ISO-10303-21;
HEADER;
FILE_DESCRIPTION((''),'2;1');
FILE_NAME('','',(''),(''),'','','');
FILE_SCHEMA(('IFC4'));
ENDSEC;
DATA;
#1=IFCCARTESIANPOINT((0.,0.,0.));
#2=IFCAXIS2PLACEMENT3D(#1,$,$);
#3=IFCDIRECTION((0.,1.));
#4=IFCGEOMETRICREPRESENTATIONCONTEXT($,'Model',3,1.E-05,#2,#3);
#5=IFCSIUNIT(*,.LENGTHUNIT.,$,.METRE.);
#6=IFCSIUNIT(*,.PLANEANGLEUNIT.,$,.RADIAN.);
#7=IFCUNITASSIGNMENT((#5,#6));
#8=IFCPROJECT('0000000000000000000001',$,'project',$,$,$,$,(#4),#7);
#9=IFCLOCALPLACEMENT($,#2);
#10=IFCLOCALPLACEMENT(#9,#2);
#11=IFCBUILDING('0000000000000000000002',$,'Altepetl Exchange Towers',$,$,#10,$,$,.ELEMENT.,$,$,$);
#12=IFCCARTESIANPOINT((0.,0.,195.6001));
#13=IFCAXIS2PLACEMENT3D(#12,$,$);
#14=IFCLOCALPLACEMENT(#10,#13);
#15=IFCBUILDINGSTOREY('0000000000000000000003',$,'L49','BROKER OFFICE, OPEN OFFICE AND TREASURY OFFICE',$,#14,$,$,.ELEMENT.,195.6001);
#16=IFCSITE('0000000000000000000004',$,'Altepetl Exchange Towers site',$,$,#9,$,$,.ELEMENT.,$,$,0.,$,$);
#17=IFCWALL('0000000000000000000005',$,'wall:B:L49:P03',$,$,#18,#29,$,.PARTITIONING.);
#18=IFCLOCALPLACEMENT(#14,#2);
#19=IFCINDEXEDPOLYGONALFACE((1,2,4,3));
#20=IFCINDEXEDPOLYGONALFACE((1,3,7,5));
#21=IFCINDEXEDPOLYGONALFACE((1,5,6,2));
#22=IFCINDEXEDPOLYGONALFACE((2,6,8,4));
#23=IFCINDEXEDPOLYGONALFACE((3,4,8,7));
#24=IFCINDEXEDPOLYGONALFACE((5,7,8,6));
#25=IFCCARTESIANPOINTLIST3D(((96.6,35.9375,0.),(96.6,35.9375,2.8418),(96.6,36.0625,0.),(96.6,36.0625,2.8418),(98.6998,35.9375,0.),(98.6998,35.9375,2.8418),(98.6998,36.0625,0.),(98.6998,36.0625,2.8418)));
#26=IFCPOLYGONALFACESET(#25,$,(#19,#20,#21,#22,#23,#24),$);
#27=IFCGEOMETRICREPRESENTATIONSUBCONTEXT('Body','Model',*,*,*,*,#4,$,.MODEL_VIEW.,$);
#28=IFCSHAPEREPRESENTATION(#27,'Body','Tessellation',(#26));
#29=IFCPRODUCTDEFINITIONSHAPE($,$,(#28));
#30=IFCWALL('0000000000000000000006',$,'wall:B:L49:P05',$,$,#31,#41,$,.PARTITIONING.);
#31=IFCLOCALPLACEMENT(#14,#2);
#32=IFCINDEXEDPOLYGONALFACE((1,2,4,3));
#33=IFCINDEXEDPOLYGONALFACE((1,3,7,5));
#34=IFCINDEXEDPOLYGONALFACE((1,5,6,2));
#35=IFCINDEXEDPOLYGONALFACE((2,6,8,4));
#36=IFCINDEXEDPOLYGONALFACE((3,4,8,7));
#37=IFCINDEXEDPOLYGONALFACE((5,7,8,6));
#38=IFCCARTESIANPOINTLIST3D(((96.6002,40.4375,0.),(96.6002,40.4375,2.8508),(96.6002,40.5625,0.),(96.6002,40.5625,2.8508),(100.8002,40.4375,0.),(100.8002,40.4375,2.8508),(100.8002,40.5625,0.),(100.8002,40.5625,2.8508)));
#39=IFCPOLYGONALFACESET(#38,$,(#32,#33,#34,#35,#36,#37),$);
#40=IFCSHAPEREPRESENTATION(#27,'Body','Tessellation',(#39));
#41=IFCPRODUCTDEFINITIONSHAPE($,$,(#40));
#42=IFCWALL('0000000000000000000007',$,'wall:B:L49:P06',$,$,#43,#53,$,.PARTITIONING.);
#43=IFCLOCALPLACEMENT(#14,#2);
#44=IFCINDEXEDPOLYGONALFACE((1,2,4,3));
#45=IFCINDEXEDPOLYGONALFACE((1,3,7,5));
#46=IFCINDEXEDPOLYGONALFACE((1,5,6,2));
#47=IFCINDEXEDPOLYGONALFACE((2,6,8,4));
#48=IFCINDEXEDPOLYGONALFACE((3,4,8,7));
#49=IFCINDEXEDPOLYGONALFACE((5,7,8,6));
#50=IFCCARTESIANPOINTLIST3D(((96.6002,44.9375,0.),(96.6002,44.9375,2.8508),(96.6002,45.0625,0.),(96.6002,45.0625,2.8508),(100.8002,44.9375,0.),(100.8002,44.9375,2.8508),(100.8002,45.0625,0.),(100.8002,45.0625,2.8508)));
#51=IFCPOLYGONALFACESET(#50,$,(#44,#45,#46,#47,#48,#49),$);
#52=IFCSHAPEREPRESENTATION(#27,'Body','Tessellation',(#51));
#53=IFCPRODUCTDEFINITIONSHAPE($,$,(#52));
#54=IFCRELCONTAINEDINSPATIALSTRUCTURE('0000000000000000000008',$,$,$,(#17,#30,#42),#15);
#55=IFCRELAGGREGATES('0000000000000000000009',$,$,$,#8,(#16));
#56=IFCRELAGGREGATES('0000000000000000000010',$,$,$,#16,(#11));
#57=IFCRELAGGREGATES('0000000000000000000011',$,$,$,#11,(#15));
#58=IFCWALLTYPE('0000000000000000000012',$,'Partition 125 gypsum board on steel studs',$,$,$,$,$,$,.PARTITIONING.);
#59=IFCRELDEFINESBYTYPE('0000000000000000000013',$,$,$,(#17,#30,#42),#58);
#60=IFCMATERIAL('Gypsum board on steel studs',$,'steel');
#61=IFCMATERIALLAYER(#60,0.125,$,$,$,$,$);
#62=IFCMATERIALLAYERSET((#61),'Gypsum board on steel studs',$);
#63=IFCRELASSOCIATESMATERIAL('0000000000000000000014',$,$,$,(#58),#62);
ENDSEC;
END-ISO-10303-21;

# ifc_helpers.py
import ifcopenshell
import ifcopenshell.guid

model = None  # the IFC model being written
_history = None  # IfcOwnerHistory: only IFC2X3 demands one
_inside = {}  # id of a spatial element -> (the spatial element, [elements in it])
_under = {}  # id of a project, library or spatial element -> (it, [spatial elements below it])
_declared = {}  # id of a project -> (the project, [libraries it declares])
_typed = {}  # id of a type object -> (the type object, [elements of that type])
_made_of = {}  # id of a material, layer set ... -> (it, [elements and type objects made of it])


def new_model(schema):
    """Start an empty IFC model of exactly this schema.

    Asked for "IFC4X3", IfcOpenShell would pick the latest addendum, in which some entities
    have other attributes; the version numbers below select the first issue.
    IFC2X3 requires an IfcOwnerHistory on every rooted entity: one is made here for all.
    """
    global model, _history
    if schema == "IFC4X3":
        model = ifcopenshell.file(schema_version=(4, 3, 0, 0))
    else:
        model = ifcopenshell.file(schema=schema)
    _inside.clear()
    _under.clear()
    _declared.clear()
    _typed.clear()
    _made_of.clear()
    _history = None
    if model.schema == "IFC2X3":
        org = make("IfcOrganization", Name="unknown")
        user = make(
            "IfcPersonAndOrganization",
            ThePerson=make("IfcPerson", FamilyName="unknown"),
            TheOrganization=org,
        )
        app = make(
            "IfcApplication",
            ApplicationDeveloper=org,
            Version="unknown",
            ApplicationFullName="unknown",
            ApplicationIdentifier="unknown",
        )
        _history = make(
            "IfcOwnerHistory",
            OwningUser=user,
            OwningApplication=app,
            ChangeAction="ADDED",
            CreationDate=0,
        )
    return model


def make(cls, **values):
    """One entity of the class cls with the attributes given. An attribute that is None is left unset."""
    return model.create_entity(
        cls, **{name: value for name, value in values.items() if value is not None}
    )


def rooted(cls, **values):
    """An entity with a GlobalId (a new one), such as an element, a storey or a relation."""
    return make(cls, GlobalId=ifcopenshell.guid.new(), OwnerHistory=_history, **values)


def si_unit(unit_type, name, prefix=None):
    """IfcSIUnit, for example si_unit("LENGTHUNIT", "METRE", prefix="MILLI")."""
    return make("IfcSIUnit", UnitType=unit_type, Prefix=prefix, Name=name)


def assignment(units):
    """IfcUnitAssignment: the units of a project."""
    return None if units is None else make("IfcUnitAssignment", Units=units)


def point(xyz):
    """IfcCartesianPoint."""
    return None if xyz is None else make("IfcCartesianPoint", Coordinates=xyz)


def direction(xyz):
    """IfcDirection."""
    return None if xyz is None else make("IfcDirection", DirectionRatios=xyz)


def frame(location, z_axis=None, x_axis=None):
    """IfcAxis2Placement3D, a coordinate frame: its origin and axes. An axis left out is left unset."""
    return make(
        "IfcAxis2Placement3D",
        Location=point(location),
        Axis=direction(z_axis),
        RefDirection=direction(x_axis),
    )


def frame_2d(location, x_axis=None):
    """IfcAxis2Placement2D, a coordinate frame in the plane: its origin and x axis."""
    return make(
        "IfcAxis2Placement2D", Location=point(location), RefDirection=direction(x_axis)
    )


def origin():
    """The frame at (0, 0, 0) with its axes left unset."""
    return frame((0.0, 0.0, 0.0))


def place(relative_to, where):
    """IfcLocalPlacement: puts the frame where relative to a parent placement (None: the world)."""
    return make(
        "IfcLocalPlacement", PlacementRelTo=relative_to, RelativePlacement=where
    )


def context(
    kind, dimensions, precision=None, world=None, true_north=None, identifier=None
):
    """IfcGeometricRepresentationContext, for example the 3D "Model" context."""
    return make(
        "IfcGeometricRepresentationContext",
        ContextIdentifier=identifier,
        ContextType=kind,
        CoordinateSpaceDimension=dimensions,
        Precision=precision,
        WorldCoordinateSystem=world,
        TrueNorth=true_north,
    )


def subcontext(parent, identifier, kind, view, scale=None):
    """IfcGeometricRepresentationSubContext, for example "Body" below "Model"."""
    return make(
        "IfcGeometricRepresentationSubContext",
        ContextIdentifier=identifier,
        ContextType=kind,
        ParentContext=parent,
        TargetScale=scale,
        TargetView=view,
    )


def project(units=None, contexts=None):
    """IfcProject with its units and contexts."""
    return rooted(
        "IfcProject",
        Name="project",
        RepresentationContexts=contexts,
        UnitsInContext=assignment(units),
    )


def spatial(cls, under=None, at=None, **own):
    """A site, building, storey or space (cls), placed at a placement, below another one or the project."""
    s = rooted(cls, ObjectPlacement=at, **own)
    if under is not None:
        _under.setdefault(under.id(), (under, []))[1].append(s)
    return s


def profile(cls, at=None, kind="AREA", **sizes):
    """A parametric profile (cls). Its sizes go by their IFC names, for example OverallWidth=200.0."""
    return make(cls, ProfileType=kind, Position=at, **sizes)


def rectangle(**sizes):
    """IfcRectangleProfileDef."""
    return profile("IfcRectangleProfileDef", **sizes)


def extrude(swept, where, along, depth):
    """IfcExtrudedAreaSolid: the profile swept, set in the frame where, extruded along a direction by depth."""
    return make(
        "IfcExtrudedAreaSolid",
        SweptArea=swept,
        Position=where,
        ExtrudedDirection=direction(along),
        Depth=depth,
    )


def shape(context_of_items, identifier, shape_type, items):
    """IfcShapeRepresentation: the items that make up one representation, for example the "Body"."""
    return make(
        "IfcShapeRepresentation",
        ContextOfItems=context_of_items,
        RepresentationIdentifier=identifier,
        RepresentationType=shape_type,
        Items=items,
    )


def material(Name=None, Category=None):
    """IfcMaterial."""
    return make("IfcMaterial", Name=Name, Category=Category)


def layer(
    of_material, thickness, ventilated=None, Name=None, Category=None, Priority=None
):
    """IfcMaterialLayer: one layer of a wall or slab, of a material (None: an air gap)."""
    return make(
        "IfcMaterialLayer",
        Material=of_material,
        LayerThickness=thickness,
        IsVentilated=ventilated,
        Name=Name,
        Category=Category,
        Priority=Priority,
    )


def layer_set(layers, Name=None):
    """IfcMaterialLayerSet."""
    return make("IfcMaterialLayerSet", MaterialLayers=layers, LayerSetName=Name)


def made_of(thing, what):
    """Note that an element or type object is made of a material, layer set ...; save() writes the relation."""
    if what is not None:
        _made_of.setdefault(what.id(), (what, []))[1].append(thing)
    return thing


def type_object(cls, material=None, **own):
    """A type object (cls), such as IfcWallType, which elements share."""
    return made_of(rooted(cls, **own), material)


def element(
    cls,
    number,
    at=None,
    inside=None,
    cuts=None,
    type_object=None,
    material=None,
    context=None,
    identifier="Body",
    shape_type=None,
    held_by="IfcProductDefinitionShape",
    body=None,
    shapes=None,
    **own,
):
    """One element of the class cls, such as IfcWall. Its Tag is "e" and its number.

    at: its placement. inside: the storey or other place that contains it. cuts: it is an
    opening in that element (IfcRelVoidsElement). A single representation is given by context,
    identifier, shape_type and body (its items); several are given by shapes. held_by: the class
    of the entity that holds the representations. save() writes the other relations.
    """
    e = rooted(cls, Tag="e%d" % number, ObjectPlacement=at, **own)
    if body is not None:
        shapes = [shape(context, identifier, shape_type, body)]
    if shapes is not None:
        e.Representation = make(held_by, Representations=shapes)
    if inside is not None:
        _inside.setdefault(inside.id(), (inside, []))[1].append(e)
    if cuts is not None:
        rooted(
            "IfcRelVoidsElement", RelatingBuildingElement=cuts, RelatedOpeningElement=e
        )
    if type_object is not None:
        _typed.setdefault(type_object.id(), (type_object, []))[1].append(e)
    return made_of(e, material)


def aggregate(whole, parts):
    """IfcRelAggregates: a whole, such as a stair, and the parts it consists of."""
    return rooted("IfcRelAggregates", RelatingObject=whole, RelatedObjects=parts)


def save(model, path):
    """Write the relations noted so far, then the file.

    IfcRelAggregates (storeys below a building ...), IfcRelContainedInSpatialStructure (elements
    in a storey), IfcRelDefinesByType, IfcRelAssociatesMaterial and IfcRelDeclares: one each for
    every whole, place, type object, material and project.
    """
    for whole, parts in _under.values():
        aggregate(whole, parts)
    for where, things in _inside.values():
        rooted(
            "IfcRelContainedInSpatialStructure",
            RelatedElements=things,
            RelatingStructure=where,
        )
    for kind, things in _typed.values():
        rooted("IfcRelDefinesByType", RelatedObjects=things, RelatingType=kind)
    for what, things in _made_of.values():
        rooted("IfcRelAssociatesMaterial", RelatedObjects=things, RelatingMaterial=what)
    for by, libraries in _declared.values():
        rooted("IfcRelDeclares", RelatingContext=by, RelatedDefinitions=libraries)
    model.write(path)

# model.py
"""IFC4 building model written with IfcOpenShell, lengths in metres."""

from ifc_helpers import new_model, si_unit, direction, frame, frame_2d, origin, place, context, subcontext, project, spatial, rectangle, extrude, material, layer, layer_set, type_object, element, save


model = new_model("IFC4")

# Units and contexts
model_context = context("Model", 3, precision=1e-05, world=origin(), true_north=direction((0.0, 1.0)))
body_context = subcontext(model_context, "Body", "Model", "MODEL_VIEW")
ifc_project = project(units=[si_unit("LENGTHUNIT", "METRE"), si_unit("PLANEANGLEUNIT", "RADIAN")], contexts=[model_context])

# Site, building, storey
site_placement = place(None, origin())
site = spatial("IfcSite", under=ifc_project, at=site_placement, Name="Altepetl Exchange Towers site", CompositionType="ELEMENT", RefElevation=0.0)
building_placement = place(site_placement, origin())
building = spatial("IfcBuilding", under=site, at=building_placement, Name="Altepetl Exchange Towers", CompositionType="ELEMENT")
storey_placement = place(building_placement, frame((0.0, 0.0, 195.6001)))
storey = spatial("IfcBuildingStorey", under=building, at=storey_placement, Name="L49", Description="BROKER OFFICE, OPEN OFFICE AND TREASURY OFFICE", CompositionType="ELEMENT", Elevation=195.6001)

# Walls
ifc_material_1 = material(Name="Gypsum board on steel studs", Category="steel")
ifc_layer_1 = layer(ifc_material_1, 0.125)
ifc_layer_set_1 = layer_set([ifc_layer_1], Name="Gypsum board on steel studs")
wall_type = type_object("IfcWallType", Name="Partition 125 gypsum board on steel studs", PredefinedType="PARTITIONING", material=ifc_layer_set_1)
wall_placement = place(storey_placement, frame((96.6001, 36.0, 0.0)))
element("IfcWall", 1, at=wall_placement, inside=storey, type_object=wall_type, Name="wall:B:L49:P03", PredefinedType="PARTITIONING", context=body_context, shape_type="SweptSolid", body=[
    extrude(rectangle(XDim=2.0999, YDim=0.125, at=frame_2d((1.0498, 0.0))), origin(), (0.0, 0.0, 1.0), 2.8418),
])
for number, where, name in (
    (2, (96.6001, 40.5, 0.0), "wall:B:L49:P05"),
    (3, (96.6001, 45.0, 0.0), "wall:B:L49:P06"),
):
    element("IfcWall", number, at=place(storey_placement, frame(where)), inside=storey, type_object=wall_type, Name=name, PredefinedType="PARTITIONING", context=body_context, shape_type="SweptSolid", body=[
        extrude(rectangle(XDim=4.2, YDim=0.125, at=frame_2d((2.1001, 0.0))), origin(), (0.0, 0.0, 1.0), 2.8508),
    ])

save(model, "model.ifc")
